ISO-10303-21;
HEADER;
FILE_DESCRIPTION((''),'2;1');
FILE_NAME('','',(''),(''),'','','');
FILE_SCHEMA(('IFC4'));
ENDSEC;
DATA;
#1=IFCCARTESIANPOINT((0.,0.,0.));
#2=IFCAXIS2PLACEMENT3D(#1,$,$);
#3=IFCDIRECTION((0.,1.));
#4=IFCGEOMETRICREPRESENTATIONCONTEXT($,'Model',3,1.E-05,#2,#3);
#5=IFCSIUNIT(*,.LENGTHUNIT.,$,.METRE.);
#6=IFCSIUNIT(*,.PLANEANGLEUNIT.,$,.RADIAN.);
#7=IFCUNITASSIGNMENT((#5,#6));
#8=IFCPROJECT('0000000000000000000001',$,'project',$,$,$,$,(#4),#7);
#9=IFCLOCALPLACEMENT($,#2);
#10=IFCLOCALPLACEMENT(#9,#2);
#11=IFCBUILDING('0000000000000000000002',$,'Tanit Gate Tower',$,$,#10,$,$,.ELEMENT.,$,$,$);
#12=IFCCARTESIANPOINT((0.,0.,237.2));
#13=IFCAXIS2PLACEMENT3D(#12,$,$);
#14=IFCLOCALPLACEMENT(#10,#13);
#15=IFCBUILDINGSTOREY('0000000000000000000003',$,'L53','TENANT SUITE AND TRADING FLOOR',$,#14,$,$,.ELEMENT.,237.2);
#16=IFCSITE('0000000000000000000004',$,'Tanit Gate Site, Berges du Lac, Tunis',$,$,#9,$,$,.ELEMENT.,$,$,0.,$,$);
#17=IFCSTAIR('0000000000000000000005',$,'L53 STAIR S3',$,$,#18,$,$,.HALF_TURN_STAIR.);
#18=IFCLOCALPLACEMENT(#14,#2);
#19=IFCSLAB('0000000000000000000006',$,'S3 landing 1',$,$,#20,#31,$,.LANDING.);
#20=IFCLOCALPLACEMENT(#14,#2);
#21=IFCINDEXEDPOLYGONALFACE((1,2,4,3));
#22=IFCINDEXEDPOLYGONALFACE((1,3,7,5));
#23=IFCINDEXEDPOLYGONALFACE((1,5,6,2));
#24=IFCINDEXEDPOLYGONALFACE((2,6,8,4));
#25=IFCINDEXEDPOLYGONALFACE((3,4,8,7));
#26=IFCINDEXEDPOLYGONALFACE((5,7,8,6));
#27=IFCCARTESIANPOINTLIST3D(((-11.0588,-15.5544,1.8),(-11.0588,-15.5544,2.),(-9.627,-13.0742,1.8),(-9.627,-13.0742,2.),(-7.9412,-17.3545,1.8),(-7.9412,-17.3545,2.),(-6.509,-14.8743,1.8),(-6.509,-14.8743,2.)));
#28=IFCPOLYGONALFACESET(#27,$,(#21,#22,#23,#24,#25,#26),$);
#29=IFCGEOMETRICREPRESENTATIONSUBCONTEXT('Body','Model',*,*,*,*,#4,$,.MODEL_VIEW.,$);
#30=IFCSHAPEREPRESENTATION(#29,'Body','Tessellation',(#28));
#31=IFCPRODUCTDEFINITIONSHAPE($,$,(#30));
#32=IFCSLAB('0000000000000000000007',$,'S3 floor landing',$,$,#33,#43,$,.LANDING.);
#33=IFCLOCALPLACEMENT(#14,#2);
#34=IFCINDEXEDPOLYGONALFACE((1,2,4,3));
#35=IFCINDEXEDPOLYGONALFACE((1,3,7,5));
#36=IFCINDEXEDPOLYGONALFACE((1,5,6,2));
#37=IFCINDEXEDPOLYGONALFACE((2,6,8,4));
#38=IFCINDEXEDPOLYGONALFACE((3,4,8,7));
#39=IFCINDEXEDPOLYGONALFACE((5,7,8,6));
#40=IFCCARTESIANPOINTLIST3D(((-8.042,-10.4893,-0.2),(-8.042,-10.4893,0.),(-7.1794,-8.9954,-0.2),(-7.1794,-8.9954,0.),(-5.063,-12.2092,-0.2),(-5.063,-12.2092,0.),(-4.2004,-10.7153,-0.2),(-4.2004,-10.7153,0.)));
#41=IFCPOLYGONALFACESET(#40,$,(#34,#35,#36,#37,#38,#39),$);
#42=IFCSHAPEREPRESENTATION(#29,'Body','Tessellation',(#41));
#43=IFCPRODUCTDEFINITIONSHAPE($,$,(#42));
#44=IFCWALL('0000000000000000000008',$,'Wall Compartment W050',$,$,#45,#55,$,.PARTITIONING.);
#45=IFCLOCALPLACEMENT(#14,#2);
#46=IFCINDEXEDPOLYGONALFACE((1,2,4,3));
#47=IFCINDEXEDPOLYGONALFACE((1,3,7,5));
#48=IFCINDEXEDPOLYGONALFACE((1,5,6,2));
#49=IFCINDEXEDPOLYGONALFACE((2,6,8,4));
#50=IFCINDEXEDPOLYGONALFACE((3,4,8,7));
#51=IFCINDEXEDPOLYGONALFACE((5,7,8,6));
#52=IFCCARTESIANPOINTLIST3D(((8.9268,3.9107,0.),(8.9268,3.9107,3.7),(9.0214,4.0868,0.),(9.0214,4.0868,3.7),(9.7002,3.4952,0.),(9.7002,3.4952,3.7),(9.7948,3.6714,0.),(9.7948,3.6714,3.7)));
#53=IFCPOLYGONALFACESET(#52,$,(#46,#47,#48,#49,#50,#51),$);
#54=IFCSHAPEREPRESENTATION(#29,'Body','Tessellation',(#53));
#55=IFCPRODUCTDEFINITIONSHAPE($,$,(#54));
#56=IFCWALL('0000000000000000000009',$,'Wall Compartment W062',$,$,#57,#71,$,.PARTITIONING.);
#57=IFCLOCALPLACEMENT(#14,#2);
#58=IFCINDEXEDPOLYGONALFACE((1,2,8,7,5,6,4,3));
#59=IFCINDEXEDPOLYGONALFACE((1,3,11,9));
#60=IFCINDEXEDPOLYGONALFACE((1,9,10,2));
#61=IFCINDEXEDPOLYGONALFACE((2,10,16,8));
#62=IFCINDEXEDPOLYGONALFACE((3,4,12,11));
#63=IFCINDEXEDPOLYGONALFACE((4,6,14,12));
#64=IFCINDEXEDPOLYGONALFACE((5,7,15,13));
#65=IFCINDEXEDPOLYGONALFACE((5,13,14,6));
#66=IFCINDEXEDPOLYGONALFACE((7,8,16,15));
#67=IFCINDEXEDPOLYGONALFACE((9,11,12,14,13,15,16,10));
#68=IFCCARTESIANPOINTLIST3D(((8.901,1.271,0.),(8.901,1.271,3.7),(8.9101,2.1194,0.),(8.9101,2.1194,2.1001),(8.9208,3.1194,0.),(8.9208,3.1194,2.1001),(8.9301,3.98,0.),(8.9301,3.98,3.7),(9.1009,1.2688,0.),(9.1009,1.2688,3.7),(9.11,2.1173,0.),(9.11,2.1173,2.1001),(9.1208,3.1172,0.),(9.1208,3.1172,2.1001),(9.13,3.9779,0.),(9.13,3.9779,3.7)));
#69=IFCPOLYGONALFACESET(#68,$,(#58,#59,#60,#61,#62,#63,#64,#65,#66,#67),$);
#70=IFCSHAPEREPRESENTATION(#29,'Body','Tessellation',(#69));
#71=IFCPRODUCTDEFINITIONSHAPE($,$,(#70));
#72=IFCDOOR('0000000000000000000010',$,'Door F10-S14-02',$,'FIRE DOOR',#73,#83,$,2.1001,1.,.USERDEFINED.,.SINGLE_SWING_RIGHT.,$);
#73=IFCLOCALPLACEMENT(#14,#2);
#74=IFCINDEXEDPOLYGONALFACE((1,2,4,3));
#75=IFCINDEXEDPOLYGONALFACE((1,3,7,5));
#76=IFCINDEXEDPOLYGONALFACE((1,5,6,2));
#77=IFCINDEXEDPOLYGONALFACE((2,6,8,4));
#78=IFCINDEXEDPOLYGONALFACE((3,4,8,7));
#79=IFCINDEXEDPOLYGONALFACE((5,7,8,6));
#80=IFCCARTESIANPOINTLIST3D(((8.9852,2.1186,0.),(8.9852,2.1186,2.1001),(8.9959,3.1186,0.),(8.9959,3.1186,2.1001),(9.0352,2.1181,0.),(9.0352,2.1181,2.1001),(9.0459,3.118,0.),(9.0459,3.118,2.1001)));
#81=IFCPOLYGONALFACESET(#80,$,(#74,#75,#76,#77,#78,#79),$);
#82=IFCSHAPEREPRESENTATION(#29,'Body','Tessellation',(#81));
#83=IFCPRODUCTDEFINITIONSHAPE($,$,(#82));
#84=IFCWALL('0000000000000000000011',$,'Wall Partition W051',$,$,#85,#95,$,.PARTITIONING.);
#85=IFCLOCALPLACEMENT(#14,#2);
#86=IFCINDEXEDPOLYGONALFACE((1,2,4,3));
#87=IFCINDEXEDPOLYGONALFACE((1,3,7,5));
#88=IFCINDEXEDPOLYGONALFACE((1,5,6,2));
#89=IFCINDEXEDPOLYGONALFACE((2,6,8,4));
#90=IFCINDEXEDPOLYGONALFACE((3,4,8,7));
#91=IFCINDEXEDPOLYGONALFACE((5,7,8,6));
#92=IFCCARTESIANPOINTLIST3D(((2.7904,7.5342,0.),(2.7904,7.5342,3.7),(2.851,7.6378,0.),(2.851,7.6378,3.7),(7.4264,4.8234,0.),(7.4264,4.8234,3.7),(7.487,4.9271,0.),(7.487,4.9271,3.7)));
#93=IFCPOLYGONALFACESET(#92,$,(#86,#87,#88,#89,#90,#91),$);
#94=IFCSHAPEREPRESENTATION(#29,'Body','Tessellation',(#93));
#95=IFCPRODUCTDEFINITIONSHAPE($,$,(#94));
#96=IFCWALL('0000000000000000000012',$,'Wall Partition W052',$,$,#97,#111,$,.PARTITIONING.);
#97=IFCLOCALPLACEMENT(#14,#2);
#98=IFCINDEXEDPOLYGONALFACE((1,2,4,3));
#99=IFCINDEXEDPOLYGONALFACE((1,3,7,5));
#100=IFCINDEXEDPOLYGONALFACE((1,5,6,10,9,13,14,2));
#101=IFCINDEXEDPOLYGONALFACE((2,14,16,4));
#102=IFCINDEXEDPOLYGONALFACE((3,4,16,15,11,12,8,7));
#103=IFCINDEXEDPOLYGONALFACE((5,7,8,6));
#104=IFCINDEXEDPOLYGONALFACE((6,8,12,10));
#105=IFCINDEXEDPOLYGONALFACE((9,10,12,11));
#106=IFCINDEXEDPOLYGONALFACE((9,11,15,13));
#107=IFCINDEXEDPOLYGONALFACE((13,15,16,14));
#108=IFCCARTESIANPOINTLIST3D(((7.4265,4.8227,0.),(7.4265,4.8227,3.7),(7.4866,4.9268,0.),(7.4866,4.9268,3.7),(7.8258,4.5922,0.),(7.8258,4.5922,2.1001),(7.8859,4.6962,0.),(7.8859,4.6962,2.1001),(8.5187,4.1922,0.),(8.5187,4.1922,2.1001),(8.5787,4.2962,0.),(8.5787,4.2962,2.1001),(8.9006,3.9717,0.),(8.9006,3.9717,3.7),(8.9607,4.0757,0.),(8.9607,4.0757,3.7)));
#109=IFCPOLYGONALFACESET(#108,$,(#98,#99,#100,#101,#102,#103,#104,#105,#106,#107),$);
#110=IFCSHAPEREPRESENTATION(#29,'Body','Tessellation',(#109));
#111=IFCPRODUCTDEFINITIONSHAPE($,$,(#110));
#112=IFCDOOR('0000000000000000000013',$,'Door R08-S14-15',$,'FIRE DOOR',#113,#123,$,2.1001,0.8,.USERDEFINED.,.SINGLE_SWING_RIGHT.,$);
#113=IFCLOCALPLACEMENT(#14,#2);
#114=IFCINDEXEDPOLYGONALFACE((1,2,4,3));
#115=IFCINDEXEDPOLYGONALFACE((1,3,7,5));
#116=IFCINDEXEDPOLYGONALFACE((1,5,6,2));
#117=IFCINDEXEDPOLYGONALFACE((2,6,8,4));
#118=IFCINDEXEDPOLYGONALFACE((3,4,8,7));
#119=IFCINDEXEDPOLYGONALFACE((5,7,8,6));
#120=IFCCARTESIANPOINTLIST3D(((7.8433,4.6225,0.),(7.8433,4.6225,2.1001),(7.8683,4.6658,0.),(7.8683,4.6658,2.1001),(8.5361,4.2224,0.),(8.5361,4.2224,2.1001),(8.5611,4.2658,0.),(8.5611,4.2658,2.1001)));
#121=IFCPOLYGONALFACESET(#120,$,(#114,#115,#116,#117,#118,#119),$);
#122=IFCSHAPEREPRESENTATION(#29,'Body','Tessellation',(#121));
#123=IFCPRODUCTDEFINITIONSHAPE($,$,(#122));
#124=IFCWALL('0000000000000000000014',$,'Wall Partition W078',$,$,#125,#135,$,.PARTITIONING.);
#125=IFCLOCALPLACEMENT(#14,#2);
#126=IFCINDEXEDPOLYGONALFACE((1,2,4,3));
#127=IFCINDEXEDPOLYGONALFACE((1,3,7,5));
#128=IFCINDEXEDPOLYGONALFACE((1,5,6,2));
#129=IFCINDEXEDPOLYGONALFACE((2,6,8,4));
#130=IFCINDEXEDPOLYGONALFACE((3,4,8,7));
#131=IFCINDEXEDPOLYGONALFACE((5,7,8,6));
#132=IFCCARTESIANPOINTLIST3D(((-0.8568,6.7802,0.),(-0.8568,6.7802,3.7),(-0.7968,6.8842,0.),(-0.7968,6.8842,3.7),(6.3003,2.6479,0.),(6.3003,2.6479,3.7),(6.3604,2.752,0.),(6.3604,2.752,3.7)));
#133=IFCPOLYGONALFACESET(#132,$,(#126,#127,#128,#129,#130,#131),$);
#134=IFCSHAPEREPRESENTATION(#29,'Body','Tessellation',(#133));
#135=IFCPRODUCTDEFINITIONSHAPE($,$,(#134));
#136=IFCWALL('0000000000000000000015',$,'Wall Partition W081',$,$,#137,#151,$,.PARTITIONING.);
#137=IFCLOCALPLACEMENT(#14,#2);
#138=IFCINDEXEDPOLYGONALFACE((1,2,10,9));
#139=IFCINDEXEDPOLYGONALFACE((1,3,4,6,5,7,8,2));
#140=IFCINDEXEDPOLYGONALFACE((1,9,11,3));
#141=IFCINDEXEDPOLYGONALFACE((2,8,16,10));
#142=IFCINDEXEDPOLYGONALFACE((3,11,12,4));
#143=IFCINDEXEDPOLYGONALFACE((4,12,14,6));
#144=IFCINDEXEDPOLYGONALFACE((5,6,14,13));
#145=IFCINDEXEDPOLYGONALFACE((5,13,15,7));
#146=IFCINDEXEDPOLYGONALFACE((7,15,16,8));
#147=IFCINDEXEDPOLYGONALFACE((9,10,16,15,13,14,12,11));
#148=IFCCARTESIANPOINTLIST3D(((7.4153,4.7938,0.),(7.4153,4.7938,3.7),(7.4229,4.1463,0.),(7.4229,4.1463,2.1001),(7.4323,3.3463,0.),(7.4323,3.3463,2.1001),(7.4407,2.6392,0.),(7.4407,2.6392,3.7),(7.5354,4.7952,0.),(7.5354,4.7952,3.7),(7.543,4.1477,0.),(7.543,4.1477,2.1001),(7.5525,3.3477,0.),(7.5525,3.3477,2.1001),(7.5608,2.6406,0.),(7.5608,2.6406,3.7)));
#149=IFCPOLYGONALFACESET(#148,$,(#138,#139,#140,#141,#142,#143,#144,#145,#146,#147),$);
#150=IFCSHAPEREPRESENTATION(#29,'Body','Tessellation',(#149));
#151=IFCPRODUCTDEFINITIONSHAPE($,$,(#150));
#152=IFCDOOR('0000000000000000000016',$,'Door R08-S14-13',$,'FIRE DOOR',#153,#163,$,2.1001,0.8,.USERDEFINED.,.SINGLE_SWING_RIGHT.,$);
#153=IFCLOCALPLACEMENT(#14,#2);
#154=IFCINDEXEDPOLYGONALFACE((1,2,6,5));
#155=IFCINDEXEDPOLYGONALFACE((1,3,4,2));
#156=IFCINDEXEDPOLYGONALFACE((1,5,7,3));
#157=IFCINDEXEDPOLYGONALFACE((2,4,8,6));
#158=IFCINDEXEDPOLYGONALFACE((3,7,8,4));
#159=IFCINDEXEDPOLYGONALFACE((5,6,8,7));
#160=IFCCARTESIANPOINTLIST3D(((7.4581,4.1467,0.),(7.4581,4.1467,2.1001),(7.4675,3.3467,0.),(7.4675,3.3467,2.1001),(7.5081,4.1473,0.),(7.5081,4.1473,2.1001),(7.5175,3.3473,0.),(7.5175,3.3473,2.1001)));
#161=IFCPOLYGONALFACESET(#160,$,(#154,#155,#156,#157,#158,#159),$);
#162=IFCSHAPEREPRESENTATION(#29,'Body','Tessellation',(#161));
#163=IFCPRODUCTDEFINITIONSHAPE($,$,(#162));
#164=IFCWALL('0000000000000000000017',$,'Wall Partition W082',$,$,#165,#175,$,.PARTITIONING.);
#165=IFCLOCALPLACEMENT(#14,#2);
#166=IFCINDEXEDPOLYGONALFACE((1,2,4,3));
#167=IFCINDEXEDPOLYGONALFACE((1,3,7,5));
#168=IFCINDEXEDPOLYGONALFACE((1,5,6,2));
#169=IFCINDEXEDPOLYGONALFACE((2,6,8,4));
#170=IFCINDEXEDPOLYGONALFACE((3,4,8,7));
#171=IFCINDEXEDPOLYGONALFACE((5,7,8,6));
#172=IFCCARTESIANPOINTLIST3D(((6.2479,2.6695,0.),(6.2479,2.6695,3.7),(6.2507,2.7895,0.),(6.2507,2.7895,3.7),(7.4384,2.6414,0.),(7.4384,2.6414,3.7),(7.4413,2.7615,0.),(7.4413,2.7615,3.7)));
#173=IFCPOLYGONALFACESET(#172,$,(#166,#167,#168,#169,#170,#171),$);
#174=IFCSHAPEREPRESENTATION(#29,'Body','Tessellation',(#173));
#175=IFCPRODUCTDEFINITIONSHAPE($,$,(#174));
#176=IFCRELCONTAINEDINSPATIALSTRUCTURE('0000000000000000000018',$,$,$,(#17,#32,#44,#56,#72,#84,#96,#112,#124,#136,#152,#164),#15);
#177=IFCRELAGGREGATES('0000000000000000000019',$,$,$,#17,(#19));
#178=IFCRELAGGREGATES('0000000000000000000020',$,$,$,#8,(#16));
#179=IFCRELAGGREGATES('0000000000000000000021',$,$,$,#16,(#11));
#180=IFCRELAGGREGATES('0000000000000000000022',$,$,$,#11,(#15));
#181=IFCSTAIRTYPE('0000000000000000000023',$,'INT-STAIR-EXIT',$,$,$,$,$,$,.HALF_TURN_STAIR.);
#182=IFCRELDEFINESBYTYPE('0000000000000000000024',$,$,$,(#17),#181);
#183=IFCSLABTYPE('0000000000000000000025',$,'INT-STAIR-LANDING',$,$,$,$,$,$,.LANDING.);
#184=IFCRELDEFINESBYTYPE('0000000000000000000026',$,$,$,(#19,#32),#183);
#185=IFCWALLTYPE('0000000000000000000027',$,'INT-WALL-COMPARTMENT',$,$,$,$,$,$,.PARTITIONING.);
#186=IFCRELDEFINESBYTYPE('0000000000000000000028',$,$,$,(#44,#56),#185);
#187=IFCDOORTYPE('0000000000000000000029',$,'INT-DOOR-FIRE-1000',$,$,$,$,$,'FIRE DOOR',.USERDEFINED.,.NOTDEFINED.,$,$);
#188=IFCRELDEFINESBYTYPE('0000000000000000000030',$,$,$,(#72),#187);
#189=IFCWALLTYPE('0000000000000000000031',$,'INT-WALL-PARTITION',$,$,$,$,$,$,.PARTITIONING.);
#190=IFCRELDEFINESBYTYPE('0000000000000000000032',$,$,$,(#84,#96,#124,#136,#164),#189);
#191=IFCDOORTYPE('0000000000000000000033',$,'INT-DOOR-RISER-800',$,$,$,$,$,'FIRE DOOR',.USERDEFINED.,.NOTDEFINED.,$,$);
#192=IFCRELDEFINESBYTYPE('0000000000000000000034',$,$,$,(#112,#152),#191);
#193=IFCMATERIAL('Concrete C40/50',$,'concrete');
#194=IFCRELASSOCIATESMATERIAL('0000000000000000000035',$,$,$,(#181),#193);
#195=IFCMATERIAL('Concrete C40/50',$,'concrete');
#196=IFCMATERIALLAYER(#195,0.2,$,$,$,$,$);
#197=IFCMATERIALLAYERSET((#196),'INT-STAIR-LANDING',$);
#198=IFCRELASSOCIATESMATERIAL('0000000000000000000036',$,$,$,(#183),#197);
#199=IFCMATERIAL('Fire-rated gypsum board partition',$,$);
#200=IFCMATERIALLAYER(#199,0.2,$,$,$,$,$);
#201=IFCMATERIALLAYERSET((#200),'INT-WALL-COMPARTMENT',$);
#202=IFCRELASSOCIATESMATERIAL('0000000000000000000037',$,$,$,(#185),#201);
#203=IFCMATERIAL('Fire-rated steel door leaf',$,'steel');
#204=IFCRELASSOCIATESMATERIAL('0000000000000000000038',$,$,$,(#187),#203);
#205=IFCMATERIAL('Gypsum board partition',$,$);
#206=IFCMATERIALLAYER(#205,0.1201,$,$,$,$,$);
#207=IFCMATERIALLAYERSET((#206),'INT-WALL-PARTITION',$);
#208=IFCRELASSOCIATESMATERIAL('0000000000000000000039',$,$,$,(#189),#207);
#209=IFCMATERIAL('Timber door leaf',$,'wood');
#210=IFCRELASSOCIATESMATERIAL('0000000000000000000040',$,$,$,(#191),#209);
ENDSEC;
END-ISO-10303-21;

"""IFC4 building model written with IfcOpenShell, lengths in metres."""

from ifc_helpers import new_model, si_unit, direction, frame, frame_2d, origin, place, context, subcontext, project, spatial, polyline, rectangle, outline, extrude, material, layer, layer_set, type_object, element, fill, aggregate, save


model = new_model("IFC4")

# Units and contexts
model_context = context("Model", 3, precision=1e-05, world=origin(), true_north=direction((0.0, 1.0)))
body_context = subcontext(model_context, "Body", "Model", "MODEL_VIEW")
ifc_project = project(units=[si_unit("LENGTHUNIT", "METRE"), si_unit("PLANEANGLEUNIT", "RADIAN")], contexts=[model_context])

# Site, building, storey
site_placement = place(None, origin())
site = spatial("IfcSite", under=ifc_project, at=site_placement, Name="Tanit Gate Site, Berges du Lac, Tunis", CompositionType="ELEMENT", RefElevation=0.0)
building_placement = place(site_placement, origin())
building = spatial("IfcBuilding", under=site, at=building_placement, Name="Tanit Gate Tower", CompositionType="ELEMENT")
storey_placement = place(building_placement, frame((0.0, 0.0, 237.2)))
storey = spatial("IfcBuildingStorey", under=building, at=storey_placement, Name="L53", Description="TENANT SUITE AND TRADING FLOOR", CompositionType="ELEMENT", Elevation=237.2)

# Stair, slab
ifc_material_1 = material(Name="Concrete C40/50", Category="concrete")
stair_type = type_object("IfcStairType", Name="INT-STAIR-EXIT", PredefinedType="HALF_TURN_STAIR", material=ifc_material_1)
stair_placement = place(storey_placement, origin())
stair = element("IfcStair", 1, at=stair_placement, inside=storey, type_object=stair_type, Name="L53 STAIR S3", PredefinedType="HALF_TURN_STAIR")
ifc_material_2 = material(Name="Concrete C40/50", Category="concrete")
ifc_layer_1 = layer(ifc_material_2, 0.2)
ifc_layer_set_1 = layer_set([ifc_layer_1], Name="INT-STAIR-LANDING")
slab_type = type_object("IfcSlabType", Name="INT-STAIR-LANDING", PredefinedType="LANDING", material=ifc_layer_set_1)
slab_1_placement = place(storey_placement, frame((0.0, 0.0, 1.8)))
slab_1 = element("IfcSlab", 2, at=slab_1_placement, type_object=slab_type, Name="S3 landing 1", PredefinedType="LANDING", context=body_context, shape_type="SweptSolid", body=[
    extrude(outline(polyline([(-9.627, -13.0742), (-11.0588, -15.5544), (-7.9412, -17.3545), (-6.509, -14.8743), (-9.627, -13.0742)])), origin(), (0.0, 0.0, 1.0), 0.2),
])
aggregate(stair, [slab_1])

# Slab
slab_2_placement = place(storey_placement, frame((0.0, 0.0, -0.2)))
element("IfcSlab", 3, at=slab_2_placement, inside=storey, type_object=slab_type, Name="S3 floor landing", PredefinedType="LANDING", context=body_context, shape_type="SweptSolid", body=[
    extrude(outline(polyline([(-7.1794, -8.9954), (-8.042, -10.4893), (-5.063, -12.2092), (-4.2004, -10.7153), (-7.1794, -8.9954)])), origin(), (0.0, 0.0, 1.0), 0.2),
])

# Wall
ifc_material_3 = material(Name="Fire-rated gypsum board partition")
ifc_layer_2 = layer(ifc_material_3, 0.2)
ifc_layer_set_2 = layer_set([ifc_layer_2], Name="INT-WALL-COMPARTMENT")
wall_type_1 = type_object("IfcWallType", Name="INT-WALL-COMPARTMENT", PredefinedType="PARTITIONING", material=ifc_layer_set_2)
wall_1_placement = place(storey_placement, frame((8.9741, 3.9988, 0.0), z_axis=(0.0, 0.0, 1.0), x_axis=(0.880917, -0.473271, 0.0)))
element("IfcWall", 4, at=wall_1_placement, inside=storey, type_object=wall_type_1, Name="Wall Compartment W050", PredefinedType="PARTITIONING", context=body_context, shape_type="SweptSolid", body=[
    extrude(rectangle(XDim=0.8779, YDim=0.2, at=frame_2d((0.439, 0.0))), origin(), (0.0, 0.0, 1.0), 3.7),
])

# Wall, opening, door
wall_2_placement = place(storey_placement, frame((9.001, 1.27, 0.0), z_axis=(0.0, 0.0, 1.0), x_axis=(0.010724, 0.999942, 0.0)))
wall_2 = element("IfcWall", 5, at=wall_2_placement, inside=storey, type_object=wall_type_1, Name="Wall Compartment W062", PredefinedType="PARTITIONING", context=body_context, shape_type="SweptSolid", body=[
    extrude(rectangle(XDim=2.7092, YDim=0.2, at=frame_2d((1.3545, 0.0))), origin(), (0.0, 0.0, 1.0), 3.7),
])
opening_1_placement = place(wall_2_placement, frame((0.8484, 0.0, 0.0)))
opening_1 = element("IfcOpeningElement", 6, at=opening_1_placement, cuts=wall_2, PredefinedType="OPENING", context=body_context, shape_type="SweptSolid", body=[
    extrude(rectangle(XDim=1.0, YDim=2.1001, at=frame_2d((0.5, 1.05))), frame((0.0, 0.1099, 0.0), z_axis=(0.0, -1.0, 0.0), x_axis=(1.0, 0.0, 0.0)), (0.0, 0.0, 1.0), 0.22),
])
ifc_material_4 = material(Name="Fire-rated steel door leaf", Category="steel")
door_type_1 = type_object("IfcDoorType", Name="INT-DOOR-FIRE-1000", ElementType="FIRE DOOR", OperationType="NOTDEFINED", PredefinedType="USERDEFINED", material=ifc_material_4)
door_1_placement = place(opening_1_placement, origin())
door_1 = element("IfcDoor", 7, at=door_1_placement, inside=storey, type_object=door_type_1, Name="Door F10-S14-02", ObjectType="FIRE DOOR", OperationType="SINGLE_SWING_RIGHT", OverallHeight=2.1001, OverallWidth=1.0, PredefinedType="USERDEFINED", context=body_context, shape_type="SweptSolid", body=[
    extrude(rectangle(XDim=1.0, YDim=2.1001, at=frame_2d((0.5, 1.05))), frame((0.0, 0.0249, 0.0), z_axis=(0.0, -1.0, 0.0), x_axis=(1.0, 0.0, 0.0)), (0.0, 0.0, 1.0), 0.05),
])
fill(opening_1, door_1)

# Wall
ifc_material_5 = material(Name="Gypsum board partition")
ifc_layer_3 = layer(ifc_material_5, 0.1201)
ifc_layer_set_3 = layer_set([ifc_layer_3], Name="INT-WALL-PARTITION")
wall_type_2 = type_object("IfcWallType", Name="INT-WALL-PARTITION", PredefinedType="PARTITIONING", material=ifc_layer_set_3)
wall_3_placement = place(storey_placement, frame((2.8208, 7.5859, 0.0), z_axis=(0.0, 0.0, 1.0), x_axis=(0.863262, -0.504755, 0.0)))
element("IfcWall", 8, at=wall_3_placement, inside=storey, type_object=wall_type_2, Name="Wall Partition W051", PredefinedType="PARTITIONING", context=body_context, shape_type="SweptSolid", body=[
    extrude(rectangle(XDim=5.3704, YDim=0.1201, at=frame_2d((2.6851, 0.0))), origin(), (0.0, 0.0, 1.0), 3.7),
])

# Wall, opening, door
wall_4_placement = place(storey_placement, frame((7.4565, 4.8748, 0.0), z_axis=(0.0, 0.0, 1.0), x_axis=(0.866028, -0.499996, 0.0)))
wall_4 = element("IfcWall", 9, at=wall_4_placement, inside=storey, type_object=wall_type_2, Name="Wall Partition W052", PredefinedType="PARTITIONING", context=body_context, shape_type="SweptSolid", body=[
    extrude(rectangle(XDim=1.7021, YDim=0.1201, at=frame_2d((0.8511, 0.0))), origin(), (0.0, 0.0, 1.0), 3.7),
])
opening_2_placement = place(wall_4_placement, frame((0.4612, 0.0, 0.0)))
opening_2 = element("IfcOpeningElement", 10, at=opening_2_placement, cuts=wall_4, PredefinedType="OPENING", context=body_context, shape_type="SweptSolid", body=[
    extrude(rectangle(XDim=0.8, YDim=2.1001, at=frame_2d((0.3999, 1.05))), frame((0.0, 0.0701, 0.0), z_axis=(0.0, -1.0, 0.0), x_axis=(1.0, 0.0, 0.0)), (0.0, 0.0, 1.0), 0.1401),
])
ifc_material_6 = material(Name="Timber door leaf", Category="wood")
door_type_2 = type_object("IfcDoorType", Name="INT-DOOR-RISER-800", ElementType="FIRE DOOR", OperationType="NOTDEFINED", PredefinedType="USERDEFINED", material=ifc_material_6)
door_2_placement = place(opening_2_placement, origin())
door_2 = element("IfcDoor", 11, at=door_2_placement, inside=storey, type_object=door_type_2, Name="Door R08-S14-15", ObjectType="FIRE DOOR", OperationType="SINGLE_SWING_RIGHT", OverallHeight=2.1001, OverallWidth=0.8, PredefinedType="USERDEFINED", context=body_context, shape_type="SweptSolid", body=[
    extrude(rectangle(XDim=0.8, YDim=2.1001, at=frame_2d((0.3999, 1.05))), frame((0.0, 0.0249, 0.0), z_axis=(0.0, -1.0, 0.0), x_axis=(1.0, 0.0, 0.0)), (0.0, 0.0, 1.0), 0.05),
])
fill(opening_2, door_2)

# Wall
wall_5_placement = place(storey_placement, frame((-0.8269, 6.8323, 0.0), z_axis=(0.0, 0.0, 1.0), x_axis=(0.86602, -0.500009, 0.0)))
element("IfcWall", 12, at=wall_5_placement, inside=storey, type_object=wall_type_2, Name="Wall Partition W078", PredefinedType="PARTITIONING", context=body_context, shape_type="SweptSolid", body=[
    extrude(rectangle(XDim=8.2644, YDim=0.1201, at=frame_2d((4.1323, 0.0))), origin(), (0.0, 0.0, 1.0), 3.7),
])

# Wall, opening, door
wall_6_placement = place(storey_placement, frame((7.5007, 2.6399, 0.0), z_axis=(0.0, 0.0, 1.0), x_axis=(-0.011784, 0.999931, 0.0)))
wall_6 = element("IfcWall", 13, at=wall_6_placement, inside=storey, type_object=wall_type_2, Name="Wall Partition W081", PredefinedType="PARTITIONING", context=body_context, shape_type="SweptSolid", body=[
    extrude(rectangle(XDim=2.1548, YDim=0.1201, at=frame_2d((1.0774, 0.0))), origin(), (0.0, 0.0, 1.0), 3.7),
])
opening_3_placement = place(wall_6_placement, frame((0.7073, 0.0, 0.0)))
opening_3 = element("IfcOpeningElement", 14, at=opening_3_placement, cuts=wall_6, PredefinedType="OPENING", context=body_context, shape_type="SweptSolid", body=[
    extrude(rectangle(XDim=0.8, YDim=2.1001, at=frame_2d((0.3999, 1.05))), frame((0.0, 0.0701, 0.0), z_axis=(0.0, -1.0, 0.0), x_axis=(1.0, 0.0, 0.0)), (0.0, 0.0, 1.0), 0.1401),
])
door_3_placement = place(opening_3_placement, origin())
door_3 = element("IfcDoor", 15, at=door_3_placement, inside=storey, type_object=door_type_2, Name="Door R08-S14-13", ObjectType="FIRE DOOR", OperationType="SINGLE_SWING_RIGHT", OverallHeight=2.1001, OverallWidth=0.8, PredefinedType="USERDEFINED", context=body_context, shape_type="SweptSolid", body=[
    extrude(rectangle(XDim=0.8, YDim=2.1001, at=frame_2d((0.3999, 1.05))), frame((0.0, 0.0249, 0.0), z_axis=(0.0, -1.0, 0.0), x_axis=(1.0, 0.0, 0.0)), (0.0, 0.0, 1.0), 0.05),
])
fill(opening_3, door_3)

# Wall
wall_7_placement = place(storey_placement, frame((6.2493, 2.7295, 0.0), z_axis=(0.0, 0.0, 1.0), x_axis=(0.999722, -0.023574, 0.0)))
element("IfcWall", 16, at=wall_7_placement, inside=storey, type_object=wall_type_2, Name="Wall Partition W082", PredefinedType="PARTITIONING", context=body_context, shape_type="SweptSolid", body=[
    extrude(rectangle(XDim=1.1909, YDim=0.1201, at=frame_2d((0.5955, 0.0))), origin(), (0.0, 0.0, 1.0), 3.7),
])

save(model, "model.ifc")
